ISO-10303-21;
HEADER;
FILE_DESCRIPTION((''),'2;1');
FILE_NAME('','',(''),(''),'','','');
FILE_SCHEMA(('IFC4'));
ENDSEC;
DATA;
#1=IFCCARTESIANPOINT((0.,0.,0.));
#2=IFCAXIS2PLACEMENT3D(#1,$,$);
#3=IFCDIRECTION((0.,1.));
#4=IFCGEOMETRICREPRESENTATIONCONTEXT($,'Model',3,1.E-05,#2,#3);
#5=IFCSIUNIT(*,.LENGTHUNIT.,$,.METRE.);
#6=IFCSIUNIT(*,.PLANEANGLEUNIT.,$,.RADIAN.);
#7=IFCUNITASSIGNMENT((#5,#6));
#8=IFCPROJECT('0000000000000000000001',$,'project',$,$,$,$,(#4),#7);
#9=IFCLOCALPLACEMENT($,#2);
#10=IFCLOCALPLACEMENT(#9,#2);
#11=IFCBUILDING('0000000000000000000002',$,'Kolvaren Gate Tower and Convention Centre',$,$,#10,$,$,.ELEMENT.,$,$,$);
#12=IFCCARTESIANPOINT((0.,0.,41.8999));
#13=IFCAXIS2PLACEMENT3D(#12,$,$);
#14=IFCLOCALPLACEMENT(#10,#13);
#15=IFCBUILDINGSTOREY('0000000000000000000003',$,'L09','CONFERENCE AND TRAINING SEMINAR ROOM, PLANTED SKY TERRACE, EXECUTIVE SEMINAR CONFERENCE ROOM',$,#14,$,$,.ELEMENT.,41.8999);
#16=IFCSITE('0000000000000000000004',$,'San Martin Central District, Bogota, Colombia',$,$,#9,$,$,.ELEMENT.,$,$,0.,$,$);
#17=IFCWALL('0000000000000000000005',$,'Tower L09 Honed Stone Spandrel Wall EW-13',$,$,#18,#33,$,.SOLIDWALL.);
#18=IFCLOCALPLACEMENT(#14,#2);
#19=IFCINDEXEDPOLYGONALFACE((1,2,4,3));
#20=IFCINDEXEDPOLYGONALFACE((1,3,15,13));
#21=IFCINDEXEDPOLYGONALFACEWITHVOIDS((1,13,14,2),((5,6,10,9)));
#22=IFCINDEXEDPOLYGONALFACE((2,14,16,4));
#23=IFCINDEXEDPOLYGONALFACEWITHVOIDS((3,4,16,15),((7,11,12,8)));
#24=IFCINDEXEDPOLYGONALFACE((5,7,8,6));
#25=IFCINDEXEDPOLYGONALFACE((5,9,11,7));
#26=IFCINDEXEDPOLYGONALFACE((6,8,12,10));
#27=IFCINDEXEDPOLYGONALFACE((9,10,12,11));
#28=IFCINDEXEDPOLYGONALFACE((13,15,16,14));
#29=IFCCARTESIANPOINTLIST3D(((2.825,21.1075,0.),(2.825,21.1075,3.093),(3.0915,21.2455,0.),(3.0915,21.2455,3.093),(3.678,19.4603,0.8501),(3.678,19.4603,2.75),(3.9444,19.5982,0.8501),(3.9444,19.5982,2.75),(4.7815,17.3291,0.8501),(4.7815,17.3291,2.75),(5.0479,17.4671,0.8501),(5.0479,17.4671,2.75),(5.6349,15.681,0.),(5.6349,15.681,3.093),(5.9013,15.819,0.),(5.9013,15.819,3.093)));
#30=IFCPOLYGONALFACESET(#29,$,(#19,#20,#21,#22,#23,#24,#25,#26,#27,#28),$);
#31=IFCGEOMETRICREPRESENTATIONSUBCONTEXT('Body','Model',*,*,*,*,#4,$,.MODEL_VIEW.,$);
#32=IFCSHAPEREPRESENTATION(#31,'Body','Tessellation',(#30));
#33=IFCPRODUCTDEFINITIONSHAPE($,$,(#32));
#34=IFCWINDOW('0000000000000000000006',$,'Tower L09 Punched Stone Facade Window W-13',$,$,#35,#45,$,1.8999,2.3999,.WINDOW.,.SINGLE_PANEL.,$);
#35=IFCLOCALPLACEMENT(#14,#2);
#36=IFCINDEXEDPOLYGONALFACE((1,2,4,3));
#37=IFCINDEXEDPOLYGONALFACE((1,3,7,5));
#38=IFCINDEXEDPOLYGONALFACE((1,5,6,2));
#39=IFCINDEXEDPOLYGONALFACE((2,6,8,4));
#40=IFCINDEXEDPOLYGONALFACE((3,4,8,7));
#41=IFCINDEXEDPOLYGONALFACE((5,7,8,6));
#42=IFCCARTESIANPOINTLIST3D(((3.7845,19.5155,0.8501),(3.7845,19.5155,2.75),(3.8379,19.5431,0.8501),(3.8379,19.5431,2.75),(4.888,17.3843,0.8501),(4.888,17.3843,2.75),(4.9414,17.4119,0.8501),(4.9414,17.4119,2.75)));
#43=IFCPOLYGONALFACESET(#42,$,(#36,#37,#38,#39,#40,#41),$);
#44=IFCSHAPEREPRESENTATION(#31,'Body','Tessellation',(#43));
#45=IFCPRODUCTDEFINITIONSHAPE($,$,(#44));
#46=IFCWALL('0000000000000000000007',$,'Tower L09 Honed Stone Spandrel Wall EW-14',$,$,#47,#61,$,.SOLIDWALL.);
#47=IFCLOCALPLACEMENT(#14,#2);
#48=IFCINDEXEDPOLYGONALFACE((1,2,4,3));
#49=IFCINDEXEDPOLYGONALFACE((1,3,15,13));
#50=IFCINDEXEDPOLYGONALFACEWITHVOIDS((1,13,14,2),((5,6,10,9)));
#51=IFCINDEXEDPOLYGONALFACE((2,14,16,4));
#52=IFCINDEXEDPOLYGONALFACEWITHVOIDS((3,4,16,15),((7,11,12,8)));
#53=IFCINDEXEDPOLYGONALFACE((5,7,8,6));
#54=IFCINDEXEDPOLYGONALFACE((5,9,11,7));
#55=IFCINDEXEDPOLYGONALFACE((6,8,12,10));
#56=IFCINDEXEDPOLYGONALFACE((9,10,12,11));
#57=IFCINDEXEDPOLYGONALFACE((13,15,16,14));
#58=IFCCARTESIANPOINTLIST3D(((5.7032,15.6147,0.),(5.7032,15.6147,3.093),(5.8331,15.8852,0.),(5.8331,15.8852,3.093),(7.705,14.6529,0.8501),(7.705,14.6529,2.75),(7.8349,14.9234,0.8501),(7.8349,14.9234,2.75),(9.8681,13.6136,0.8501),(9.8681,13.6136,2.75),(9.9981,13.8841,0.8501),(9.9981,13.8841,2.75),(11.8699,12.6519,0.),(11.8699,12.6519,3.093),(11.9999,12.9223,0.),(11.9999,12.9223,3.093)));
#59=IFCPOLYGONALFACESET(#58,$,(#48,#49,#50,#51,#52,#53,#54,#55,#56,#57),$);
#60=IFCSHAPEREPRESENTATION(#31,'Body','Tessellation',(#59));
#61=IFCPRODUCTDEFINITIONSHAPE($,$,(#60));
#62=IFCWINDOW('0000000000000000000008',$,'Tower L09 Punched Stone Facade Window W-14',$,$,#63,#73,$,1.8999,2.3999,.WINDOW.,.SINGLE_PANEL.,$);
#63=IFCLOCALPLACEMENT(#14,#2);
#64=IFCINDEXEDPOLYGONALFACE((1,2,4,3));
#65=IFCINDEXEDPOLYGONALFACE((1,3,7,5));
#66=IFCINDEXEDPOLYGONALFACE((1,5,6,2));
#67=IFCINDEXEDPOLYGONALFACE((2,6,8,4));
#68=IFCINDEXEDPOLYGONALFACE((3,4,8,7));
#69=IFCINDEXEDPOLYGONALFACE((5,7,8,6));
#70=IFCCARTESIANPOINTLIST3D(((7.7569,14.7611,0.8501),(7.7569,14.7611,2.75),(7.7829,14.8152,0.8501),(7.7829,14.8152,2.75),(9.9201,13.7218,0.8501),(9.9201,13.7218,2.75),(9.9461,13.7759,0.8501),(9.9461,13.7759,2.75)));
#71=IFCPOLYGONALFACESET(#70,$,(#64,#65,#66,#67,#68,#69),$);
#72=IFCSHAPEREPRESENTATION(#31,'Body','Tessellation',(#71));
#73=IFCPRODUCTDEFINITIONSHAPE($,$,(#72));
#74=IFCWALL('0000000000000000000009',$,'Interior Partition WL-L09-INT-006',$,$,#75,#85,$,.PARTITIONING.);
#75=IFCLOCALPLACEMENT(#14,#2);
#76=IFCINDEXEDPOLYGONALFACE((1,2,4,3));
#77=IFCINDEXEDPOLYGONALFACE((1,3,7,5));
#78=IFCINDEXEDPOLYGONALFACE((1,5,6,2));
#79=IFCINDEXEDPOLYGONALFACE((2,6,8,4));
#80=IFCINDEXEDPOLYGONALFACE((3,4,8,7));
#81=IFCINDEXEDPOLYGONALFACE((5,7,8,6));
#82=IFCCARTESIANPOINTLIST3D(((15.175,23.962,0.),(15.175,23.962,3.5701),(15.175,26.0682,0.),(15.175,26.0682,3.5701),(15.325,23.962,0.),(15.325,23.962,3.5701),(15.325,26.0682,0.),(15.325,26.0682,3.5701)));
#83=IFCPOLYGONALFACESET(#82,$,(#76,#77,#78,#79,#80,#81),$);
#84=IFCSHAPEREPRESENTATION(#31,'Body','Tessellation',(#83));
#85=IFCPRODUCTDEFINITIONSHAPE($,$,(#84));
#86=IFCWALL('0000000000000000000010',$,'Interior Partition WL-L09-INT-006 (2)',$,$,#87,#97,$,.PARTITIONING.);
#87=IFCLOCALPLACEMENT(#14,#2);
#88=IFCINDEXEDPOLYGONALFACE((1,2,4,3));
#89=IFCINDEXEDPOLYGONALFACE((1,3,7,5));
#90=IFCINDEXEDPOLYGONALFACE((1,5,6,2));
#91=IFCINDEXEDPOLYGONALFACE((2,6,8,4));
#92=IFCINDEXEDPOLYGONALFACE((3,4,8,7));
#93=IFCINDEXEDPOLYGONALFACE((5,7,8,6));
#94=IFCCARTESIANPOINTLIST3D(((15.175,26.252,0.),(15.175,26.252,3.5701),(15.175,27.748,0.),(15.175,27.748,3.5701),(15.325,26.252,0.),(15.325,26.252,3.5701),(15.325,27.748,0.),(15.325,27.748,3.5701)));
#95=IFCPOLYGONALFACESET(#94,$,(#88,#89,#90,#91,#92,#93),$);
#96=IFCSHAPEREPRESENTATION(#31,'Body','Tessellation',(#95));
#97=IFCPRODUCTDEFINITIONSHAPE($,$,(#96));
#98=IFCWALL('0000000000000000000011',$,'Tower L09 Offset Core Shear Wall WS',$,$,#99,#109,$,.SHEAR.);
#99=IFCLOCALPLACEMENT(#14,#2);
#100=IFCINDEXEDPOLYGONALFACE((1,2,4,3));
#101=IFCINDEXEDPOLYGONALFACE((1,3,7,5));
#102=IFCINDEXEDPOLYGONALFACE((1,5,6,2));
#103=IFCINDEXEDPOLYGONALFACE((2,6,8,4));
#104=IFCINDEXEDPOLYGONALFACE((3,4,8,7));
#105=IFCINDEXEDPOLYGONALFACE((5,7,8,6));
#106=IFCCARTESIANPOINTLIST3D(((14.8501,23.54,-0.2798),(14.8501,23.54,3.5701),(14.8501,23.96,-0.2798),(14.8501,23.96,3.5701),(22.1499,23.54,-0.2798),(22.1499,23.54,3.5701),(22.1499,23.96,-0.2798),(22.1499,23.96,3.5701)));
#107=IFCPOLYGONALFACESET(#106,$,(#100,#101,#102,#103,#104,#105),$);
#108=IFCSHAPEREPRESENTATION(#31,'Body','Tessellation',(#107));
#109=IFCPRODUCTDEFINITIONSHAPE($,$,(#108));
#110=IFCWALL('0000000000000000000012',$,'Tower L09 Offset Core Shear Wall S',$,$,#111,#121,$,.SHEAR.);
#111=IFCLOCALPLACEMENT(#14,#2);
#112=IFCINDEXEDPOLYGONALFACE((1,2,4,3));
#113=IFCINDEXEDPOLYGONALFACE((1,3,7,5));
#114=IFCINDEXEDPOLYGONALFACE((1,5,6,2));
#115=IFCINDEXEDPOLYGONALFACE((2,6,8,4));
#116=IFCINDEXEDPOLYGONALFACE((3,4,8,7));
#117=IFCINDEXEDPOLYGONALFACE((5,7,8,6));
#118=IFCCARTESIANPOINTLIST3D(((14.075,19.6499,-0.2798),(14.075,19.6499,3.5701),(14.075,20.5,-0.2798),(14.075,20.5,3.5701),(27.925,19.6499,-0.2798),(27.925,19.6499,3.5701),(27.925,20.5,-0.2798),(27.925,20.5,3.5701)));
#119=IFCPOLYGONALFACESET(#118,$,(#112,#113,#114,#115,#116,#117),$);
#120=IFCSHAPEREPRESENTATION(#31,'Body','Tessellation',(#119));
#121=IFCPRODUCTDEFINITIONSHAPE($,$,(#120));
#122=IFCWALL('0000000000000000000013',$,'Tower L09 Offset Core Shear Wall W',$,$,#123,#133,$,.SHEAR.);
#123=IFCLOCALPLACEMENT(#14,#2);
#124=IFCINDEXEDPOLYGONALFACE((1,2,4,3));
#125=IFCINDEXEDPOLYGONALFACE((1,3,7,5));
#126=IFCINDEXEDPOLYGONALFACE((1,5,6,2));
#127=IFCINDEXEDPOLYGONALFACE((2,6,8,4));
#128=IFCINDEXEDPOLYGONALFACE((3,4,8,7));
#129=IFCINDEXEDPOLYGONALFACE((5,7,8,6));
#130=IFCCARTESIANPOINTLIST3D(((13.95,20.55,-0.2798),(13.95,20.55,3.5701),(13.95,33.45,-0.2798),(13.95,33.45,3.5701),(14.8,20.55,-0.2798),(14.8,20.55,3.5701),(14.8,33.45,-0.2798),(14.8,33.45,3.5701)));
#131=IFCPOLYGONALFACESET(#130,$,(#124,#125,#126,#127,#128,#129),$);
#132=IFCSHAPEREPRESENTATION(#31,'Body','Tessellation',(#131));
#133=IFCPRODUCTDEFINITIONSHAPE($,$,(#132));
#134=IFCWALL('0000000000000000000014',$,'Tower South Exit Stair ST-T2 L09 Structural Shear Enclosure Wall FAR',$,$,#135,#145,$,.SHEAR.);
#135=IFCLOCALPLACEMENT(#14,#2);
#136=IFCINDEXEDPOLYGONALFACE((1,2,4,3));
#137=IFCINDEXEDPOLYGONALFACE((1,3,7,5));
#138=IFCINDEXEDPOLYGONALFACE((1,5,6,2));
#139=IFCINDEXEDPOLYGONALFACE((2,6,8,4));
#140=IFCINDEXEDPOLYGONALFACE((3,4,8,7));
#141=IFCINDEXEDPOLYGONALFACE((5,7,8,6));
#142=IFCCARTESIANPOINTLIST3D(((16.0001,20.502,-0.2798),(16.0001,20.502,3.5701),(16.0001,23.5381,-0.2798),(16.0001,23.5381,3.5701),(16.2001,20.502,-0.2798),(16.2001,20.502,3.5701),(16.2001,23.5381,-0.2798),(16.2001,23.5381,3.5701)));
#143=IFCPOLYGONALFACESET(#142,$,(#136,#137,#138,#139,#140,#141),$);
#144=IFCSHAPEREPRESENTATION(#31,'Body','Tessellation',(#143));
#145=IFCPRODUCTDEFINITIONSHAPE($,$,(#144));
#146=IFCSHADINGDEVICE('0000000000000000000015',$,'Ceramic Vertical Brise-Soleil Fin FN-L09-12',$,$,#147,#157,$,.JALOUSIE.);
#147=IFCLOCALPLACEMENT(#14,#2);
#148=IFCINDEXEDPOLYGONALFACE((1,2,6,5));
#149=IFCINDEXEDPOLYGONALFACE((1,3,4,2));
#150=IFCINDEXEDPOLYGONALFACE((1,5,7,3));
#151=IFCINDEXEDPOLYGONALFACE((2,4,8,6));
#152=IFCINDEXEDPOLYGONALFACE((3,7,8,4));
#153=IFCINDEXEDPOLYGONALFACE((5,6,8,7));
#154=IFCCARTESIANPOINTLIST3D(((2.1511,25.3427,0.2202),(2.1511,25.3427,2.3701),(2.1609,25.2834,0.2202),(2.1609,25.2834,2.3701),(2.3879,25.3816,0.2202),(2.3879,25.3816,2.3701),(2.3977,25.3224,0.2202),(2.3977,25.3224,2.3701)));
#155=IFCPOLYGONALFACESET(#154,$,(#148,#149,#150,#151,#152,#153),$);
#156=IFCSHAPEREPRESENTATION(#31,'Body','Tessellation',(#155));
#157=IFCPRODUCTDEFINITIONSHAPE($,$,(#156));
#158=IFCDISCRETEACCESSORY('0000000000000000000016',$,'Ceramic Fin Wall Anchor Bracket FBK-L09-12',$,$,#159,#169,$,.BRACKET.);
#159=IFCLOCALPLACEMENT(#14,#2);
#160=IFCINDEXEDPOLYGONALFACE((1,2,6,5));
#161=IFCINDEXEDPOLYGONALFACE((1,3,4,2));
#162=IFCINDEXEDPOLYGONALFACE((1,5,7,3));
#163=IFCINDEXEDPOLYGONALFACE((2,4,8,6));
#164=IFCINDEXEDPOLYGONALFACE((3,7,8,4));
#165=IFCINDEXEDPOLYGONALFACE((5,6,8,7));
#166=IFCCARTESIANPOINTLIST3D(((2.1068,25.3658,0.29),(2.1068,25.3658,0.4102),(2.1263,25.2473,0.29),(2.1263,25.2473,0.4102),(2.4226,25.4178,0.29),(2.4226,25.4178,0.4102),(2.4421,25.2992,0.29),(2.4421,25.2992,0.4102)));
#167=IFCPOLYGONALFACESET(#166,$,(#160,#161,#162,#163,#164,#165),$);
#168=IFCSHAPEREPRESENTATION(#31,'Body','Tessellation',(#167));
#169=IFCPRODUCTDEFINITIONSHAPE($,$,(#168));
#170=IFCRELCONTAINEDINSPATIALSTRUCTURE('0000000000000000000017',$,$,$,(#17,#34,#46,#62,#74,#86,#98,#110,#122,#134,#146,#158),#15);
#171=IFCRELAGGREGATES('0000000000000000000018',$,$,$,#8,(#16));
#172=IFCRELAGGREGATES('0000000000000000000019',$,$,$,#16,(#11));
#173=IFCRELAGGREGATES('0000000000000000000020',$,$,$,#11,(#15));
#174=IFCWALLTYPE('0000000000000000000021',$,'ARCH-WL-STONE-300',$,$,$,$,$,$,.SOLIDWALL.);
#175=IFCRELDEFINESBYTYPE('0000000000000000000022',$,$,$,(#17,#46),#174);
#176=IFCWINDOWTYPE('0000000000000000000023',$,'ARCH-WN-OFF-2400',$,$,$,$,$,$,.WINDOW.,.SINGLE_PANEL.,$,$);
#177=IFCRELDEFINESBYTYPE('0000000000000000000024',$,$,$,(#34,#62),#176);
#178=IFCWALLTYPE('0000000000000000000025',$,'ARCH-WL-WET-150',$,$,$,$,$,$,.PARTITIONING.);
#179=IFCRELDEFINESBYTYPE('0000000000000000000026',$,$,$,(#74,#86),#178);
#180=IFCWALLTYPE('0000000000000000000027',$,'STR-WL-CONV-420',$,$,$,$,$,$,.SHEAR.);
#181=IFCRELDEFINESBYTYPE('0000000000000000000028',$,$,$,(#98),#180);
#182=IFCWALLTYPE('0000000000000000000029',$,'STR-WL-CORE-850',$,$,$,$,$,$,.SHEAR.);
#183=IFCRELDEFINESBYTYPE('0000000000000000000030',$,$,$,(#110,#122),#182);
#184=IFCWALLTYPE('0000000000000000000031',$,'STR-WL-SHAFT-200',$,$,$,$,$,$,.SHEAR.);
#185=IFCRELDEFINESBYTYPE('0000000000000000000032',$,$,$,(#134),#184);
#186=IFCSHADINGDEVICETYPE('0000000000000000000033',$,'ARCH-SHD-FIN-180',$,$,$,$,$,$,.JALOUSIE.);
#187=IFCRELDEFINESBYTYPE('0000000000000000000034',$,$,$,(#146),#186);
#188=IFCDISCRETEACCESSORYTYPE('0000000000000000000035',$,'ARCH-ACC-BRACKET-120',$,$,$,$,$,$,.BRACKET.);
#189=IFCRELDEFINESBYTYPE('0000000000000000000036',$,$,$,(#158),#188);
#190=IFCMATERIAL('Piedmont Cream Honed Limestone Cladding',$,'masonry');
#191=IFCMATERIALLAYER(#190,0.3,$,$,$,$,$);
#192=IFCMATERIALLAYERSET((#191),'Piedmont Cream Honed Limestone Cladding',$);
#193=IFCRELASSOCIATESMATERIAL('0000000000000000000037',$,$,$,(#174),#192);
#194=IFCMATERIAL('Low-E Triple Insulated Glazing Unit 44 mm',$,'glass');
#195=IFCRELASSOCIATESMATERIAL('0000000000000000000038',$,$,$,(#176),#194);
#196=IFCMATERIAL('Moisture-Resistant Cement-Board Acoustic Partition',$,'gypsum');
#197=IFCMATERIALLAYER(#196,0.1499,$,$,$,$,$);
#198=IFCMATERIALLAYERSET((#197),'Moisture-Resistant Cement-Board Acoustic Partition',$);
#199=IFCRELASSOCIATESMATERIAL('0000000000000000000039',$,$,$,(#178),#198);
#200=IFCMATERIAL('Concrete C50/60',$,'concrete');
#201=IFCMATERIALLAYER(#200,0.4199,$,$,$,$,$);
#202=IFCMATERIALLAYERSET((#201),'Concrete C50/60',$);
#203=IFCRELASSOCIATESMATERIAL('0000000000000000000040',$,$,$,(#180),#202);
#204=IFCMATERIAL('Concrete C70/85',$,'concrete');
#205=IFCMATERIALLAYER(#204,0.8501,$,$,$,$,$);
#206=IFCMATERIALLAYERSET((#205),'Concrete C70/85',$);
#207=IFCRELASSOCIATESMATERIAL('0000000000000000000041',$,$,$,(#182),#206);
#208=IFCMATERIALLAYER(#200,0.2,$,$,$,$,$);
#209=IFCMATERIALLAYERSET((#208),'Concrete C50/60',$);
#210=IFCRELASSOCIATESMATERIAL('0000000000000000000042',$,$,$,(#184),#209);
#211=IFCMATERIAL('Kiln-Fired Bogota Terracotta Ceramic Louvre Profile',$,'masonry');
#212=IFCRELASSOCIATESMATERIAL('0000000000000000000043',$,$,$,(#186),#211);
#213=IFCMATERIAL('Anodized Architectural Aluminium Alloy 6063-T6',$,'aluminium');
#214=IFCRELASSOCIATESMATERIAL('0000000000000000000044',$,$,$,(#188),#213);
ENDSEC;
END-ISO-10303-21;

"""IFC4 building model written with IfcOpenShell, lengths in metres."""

from ifc_helpers import new_model, si_unit, direction, frame, frame_2d, origin, origin_2d, place, context, subcontext, project, spatial, rectangle, extrude, material, layer, layer_set, type_object, element, fill, save


model = new_model("IFC4")

# Units and contexts
model_context = context("Model", 3, precision=1e-05, world=origin(), true_north=direction((0.0, 1.0)))
body_context = subcontext(model_context, "Body", "Model", "MODEL_VIEW")
ifc_project = project(units=[si_unit("LENGTHUNIT", "METRE"), si_unit("PLANEANGLEUNIT", "RADIAN")], contexts=[model_context])

# Site, building, storey
site_placement = place(None, origin())
site = spatial("IfcSite", under=ifc_project, at=site_placement, Name="San Martin Central District, Bogota, Colombia", CompositionType="ELEMENT", RefElevation=0.0)
building_placement = place(site_placement, origin())
building = spatial("IfcBuilding", under=site, at=building_placement, Name="Kolvaren Gate Tower and Convention Centre", CompositionType="ELEMENT")
storey_placement = place(building_placement, frame((0.0, 0.0, 41.8999)))
storey = spatial("IfcBuildingStorey", under=building, at=storey_placement, Name="L09", Description="CONFERENCE AND TRAINING SEMINAR ROOM, PLANTED SKY TERRACE, EXECUTIVE SEMINAR CONFERENCE ROOM", CompositionType="ELEMENT", Elevation=41.8999)

# Shared definitions
ifc_material_1 = material(Name="Concrete C70/85", Category="concrete")

# Walls, openings, windows
ifc_material_2 = material(Name="Piedmont Cream Honed Limestone Cladding", Category="masonry")
ifc_layer_1 = layer(ifc_material_2, 0.3)
ifc_layer_set_1 = layer_set([ifc_layer_1], Name="Piedmont Cream Honed Limestone Cladding")
wall_type_1 = type_object("IfcWallType", Name="ARCH-WL-STONE-300", PredefinedType="SOLIDWALL", material=ifc_layer_set_1)
wall_1_placement = place(storey_placement, frame((2.9583, 21.1765, 0.0), z_axis=(0.0, 0.0, 1.0), x_axis=(0.45981, -0.888017, 0.0)))
wall_1 = element("IfcWall", 1, at=wall_1_placement, inside=storey, type_object=wall_type_1, Name="Tower L09 Honed Stone Spandrel Wall EW-13", PredefinedType="SOLIDWALL", context=body_context, shape_type="SweptSolid", body=[
    extrude(rectangle(XDim=6.1108, YDim=0.3, at=frame_2d((3.0554, 0.0))), origin(), (0.0, 0.0, 1.0), 3.093),
])
opening_1_placement = place(wall_1_placement, frame((1.855, 0.0, 0.8501)))
opening_1 = element("IfcOpeningElement", 2, at=opening_1_placement, cuts=wall_1, PredefinedType="OPENING", context=body_context, shape_type="SweptSolid", body=[
    extrude(rectangle(XDim=2.3999, YDim=1.8999, at=frame_2d((1.2, 0.95))), frame((0.0, 0.1599, 0.0), z_axis=(0.0, -1.0, 0.0), x_axis=(1.0, 0.0, 0.0)), (0.0, 0.0, 1.0), 0.3201),
])
ifc_material_3 = material(Name="Low-E Triple Insulated Glazing Unit 44 mm", Category="glass")
window_type = type_object("IfcWindowType", Name="ARCH-WN-OFF-2400", PartitioningType="SINGLE_PANEL", PredefinedType="WINDOW", material=ifc_material_3)
window_1_placement = place(opening_1_placement, origin())
window_1 = element("IfcWindow", 3, at=window_1_placement, inside=storey, type_object=window_type, Name="Tower L09 Punched Stone Facade Window W-13", OverallHeight=1.8999, OverallWidth=2.3999, PartitioningType="SINGLE_PANEL", PredefinedType="WINDOW", context=body_context, shape_type="SweptSolid", body=[
    extrude(rectangle(XDim=2.3999, YDim=1.8999, at=frame_2d((1.2, 0.95))), frame((0.0, 0.03, 0.0), z_axis=(0.0, -1.0, 0.0), x_axis=(1.0, 0.0, 0.0)), (0.0, 0.0, 1.0), 0.0601),
])
fill(opening_1, window_1)
wall_2_placement = place(storey_placement, frame((5.7681, 15.75, 0.0), z_axis=(0.0, 0.0, 1.0), x_axis=(0.90136, -0.43307, 0.0)))
wall_2 = element("IfcWall", 4, at=wall_2_placement, inside=storey, type_object=wall_type_1, Name="Tower L09 Honed Stone Spandrel Wall EW-14", PredefinedType="SOLIDWALL", context=body_context, shape_type="SweptSolid", body=[
    extrude(rectangle(XDim=6.8416, YDim=0.3, at=frame_2d((3.4209, 0.0))), origin(), (0.0, 0.0, 1.0), 3.093),
])
opening_2_placement = place(wall_2_placement, frame((2.2209, 0.0, 0.8501)))
opening_2 = element("IfcOpeningElement", 5, at=opening_2_placement, cuts=wall_2, PredefinedType="OPENING", context=body_context, shape_type="SweptSolid", body=[
    extrude(rectangle(XDim=2.3999, YDim=1.8999, at=frame_2d((1.2, 0.95))), frame((0.0, 0.1599, 0.0), z_axis=(0.0, -1.0, 0.0), x_axis=(1.0, 0.0, 0.0)), (0.0, 0.0, 1.0), 0.3201),
])
window_2_placement = place(opening_2_placement, origin())
window_2 = element("IfcWindow", 6, at=window_2_placement, inside=storey, type_object=window_type, Name="Tower L09 Punched Stone Facade Window W-14", OverallHeight=1.8999, OverallWidth=2.3999, PartitioningType="SINGLE_PANEL", PredefinedType="WINDOW", context=body_context, shape_type="SweptSolid", body=[
    extrude(rectangle(XDim=2.3999, YDim=1.8999, at=frame_2d((1.2, 0.95))), frame((0.0, 0.03, 0.0), z_axis=(0.0, -1.0, 0.0), x_axis=(1.0, 0.0, 0.0)), (0.0, 0.0, 1.0), 0.0601),
])
fill(opening_2, window_2)

# Walls
ifc_material_4 = material(Name="Moisture-Resistant Cement-Board Acoustic Partition", Category="gypsum")
ifc_layer_2 = layer(ifc_material_4, 0.1499)
ifc_layer_set_2 = layer_set([ifc_layer_2], Name="Moisture-Resistant Cement-Board Acoustic Partition")
wall_type_2 = type_object("IfcWallType", Name="ARCH-WL-WET-150", PredefinedType="PARTITIONING", material=ifc_layer_set_2)
wall_3_placement = place(storey_placement, frame((15.25, 23.9619, 0.0), z_axis=(0.0, 0.0, 1.0), x_axis=(0.0, 1.0, 0.0)))
element("IfcWall", 7, at=wall_3_placement, inside=storey, type_object=wall_type_2, Name="Interior Partition WL-L09-INT-006", PredefinedType="PARTITIONING", context=body_context, shape_type="SweptSolid", body=[
    extrude(rectangle(XDim=2.1062, YDim=0.1499, at=frame_2d((1.0532, 0.0))), origin(), (0.0, 0.0, 1.0), 3.5701),
])
wall_4_placement = place(storey_placement, frame((15.25, 26.252, 0.0), z_axis=(0.0, 0.0, 1.0), x_axis=(0.0, 1.0, 0.0)))
element("IfcWall", 8, at=wall_4_placement, inside=storey, type_object=wall_type_2, Name="Interior Partition WL-L09-INT-006 (2)", PredefinedType="PARTITIONING", context=body_context, shape_type="SweptSolid", body=[
    extrude(rectangle(XDim=1.4961, YDim=0.1499, at=frame_2d((0.748, 0.0))), origin(), (0.0, 0.0, 1.0), 3.5701),
])
ifc_material_5 = material(Name="Concrete C50/60", Category="concrete")
ifc_layer_3 = layer(ifc_material_5, 0.4199)
ifc_layer_set_3 = layer_set([ifc_layer_3], Name="Concrete C50/60")
wall_type_3 = type_object("IfcWallType", Name="STR-WL-CONV-420", PredefinedType="SHEAR", material=ifc_layer_set_3)
wall_5_placement = place(storey_placement, frame((14.8501, 23.75, -0.2798), z_axis=(0.0, 0.0, 1.0), x_axis=(1.0, 0.0, 0.0)))
element("IfcWall", 9, at=wall_5_placement, inside=storey, type_object=wall_type_3, Name="Tower L09 Offset Core Shear Wall WS", PredefinedType="SHEAR", context=body_context, shape_type="SweptSolid", body=[
    extrude(rectangle(XDim=7.2998, YDim=0.4199, at=frame_2d((3.6499, 0.0))), origin(), (0.0, 0.0, 1.0), 3.8499),
])
ifc_layer_4 = layer(ifc_material_1, 0.8501)
ifc_layer_set_4 = layer_set([ifc_layer_4], Name="Concrete C70/85")
wall_type_4 = type_object("IfcWallType", Name="STR-WL-CORE-850", PredefinedType="SHEAR", material=ifc_layer_set_4)
wall_6_placement = place(storey_placement, frame((14.075, 20.075, -0.2798), z_axis=(0.0, 0.0, 1.0), x_axis=(1.0, 0.0, 0.0)))
element("IfcWall", 10, at=wall_6_placement, inside=storey, type_object=wall_type_4, Name="Tower L09 Offset Core Shear Wall S", PredefinedType="SHEAR", context=body_context, shape_type="SweptSolid", body=[
    extrude(rectangle(XDim=13.8501, YDim=0.8501, at=frame_2d((6.925, 0.0))), origin(), (0.0, 0.0, 1.0), 3.8499),
])
wall_7_placement = place(storey_placement, frame((14.375, 20.55, -0.2798), z_axis=(0.0, 0.0, 1.0), x_axis=(0.0, 1.0, 0.0)))
element("IfcWall", 11, at=wall_7_placement, inside=storey, type_object=wall_type_4, Name="Tower L09 Offset Core Shear Wall W", PredefinedType="SHEAR", context=body_context, shape_type="SweptSolid", body=[
    extrude(rectangle(XDim=12.8999, YDim=0.8501, at=frame_2d((6.45, 0.0))), origin(), (0.0, 0.0, 1.0), 3.8499),
])
ifc_layer_5 = layer(ifc_material_5, 0.2)
ifc_layer_set_5 = layer_set([ifc_layer_5], Name="Concrete C50/60")
wall_type_5 = type_object("IfcWallType", Name="STR-WL-SHAFT-200", PredefinedType="SHEAR", material=ifc_layer_set_5)
wall_8_placement = place(storey_placement, frame((16.1001, 20.502, -0.2798), z_axis=(0.0, 0.0, 1.0), x_axis=(0.0, 1.0, 0.0)))
element("IfcWall", 12, at=wall_8_placement, inside=storey, type_object=wall_type_5, Name="Tower South Exit Stair ST-T2 L09 Structural Shear Enclosure Wall FAR", PredefinedType="SHEAR", context=body_context, shape_type="SweptSolid", body=[
    extrude(rectangle(XDim=3.0361, YDim=0.2, at=frame_2d((1.5181, 0.0))), origin(), (0.0, 0.0, 1.0), 3.8499),
])

# Shading device
ifc_material_6 = material(Name="Kiln-Fired Bogota Terracotta Ceramic Louvre Profile", Category="masonry")
shading_device_type = type_object("IfcShadingDeviceType", Name="ARCH-SHD-FIN-180", PredefinedType="JALOUSIE", material=ifc_material_6)
shading_device_placement = place(storey_placement, frame((2.2744, 25.3325, 0.2202), z_axis=(0.0, 0.0, 1.0), x_axis=(0.162377, -0.986729, 0.0)))
element("IfcShadingDevice", 13, at=shading_device_placement, inside=storey, type_object=shading_device_type, Name="Ceramic Vertical Brise-Soleil Fin FN-L09-12", PredefinedType="JALOUSIE", context=body_context, shape_type="SweptSolid", body=[
    extrude(rectangle(XDim=0.0601, YDim=0.24, at=origin_2d()), origin(), (0.0, 0.0, 1.0), 2.1499),
])

# Discrete accessory
ifc_material_7 = material(Name="Anodized Architectural Aluminium Alloy 6063-T6", Category="aluminium")
discrete_accessory_type = type_object("IfcDiscreteAccessoryType", Name="ARCH-ACC-BRACKET-120", PredefinedType="BRACKET", material=ifc_material_7)
discrete_accessory_placement = place(storey_placement, frame((2.2744, 25.3325, 0.29), z_axis=(0.0, 0.0, 1.0), x_axis=(0.162377, -0.986729, 0.0)))
element("IfcDiscreteAccessory", 14, at=discrete_accessory_placement, inside=storey, type_object=discrete_accessory_type, Name="Ceramic Fin Wall Anchor Bracket FBK-L09-12", PredefinedType="BRACKET", context=body_context, shape_type="SweptSolid", body=[
    extrude(rectangle(XDim=0.1201, YDim=0.3201, at=origin_2d()), origin(), (0.0, 0.0, 1.0), 0.1201),
])

save(model, "model.ifc")
